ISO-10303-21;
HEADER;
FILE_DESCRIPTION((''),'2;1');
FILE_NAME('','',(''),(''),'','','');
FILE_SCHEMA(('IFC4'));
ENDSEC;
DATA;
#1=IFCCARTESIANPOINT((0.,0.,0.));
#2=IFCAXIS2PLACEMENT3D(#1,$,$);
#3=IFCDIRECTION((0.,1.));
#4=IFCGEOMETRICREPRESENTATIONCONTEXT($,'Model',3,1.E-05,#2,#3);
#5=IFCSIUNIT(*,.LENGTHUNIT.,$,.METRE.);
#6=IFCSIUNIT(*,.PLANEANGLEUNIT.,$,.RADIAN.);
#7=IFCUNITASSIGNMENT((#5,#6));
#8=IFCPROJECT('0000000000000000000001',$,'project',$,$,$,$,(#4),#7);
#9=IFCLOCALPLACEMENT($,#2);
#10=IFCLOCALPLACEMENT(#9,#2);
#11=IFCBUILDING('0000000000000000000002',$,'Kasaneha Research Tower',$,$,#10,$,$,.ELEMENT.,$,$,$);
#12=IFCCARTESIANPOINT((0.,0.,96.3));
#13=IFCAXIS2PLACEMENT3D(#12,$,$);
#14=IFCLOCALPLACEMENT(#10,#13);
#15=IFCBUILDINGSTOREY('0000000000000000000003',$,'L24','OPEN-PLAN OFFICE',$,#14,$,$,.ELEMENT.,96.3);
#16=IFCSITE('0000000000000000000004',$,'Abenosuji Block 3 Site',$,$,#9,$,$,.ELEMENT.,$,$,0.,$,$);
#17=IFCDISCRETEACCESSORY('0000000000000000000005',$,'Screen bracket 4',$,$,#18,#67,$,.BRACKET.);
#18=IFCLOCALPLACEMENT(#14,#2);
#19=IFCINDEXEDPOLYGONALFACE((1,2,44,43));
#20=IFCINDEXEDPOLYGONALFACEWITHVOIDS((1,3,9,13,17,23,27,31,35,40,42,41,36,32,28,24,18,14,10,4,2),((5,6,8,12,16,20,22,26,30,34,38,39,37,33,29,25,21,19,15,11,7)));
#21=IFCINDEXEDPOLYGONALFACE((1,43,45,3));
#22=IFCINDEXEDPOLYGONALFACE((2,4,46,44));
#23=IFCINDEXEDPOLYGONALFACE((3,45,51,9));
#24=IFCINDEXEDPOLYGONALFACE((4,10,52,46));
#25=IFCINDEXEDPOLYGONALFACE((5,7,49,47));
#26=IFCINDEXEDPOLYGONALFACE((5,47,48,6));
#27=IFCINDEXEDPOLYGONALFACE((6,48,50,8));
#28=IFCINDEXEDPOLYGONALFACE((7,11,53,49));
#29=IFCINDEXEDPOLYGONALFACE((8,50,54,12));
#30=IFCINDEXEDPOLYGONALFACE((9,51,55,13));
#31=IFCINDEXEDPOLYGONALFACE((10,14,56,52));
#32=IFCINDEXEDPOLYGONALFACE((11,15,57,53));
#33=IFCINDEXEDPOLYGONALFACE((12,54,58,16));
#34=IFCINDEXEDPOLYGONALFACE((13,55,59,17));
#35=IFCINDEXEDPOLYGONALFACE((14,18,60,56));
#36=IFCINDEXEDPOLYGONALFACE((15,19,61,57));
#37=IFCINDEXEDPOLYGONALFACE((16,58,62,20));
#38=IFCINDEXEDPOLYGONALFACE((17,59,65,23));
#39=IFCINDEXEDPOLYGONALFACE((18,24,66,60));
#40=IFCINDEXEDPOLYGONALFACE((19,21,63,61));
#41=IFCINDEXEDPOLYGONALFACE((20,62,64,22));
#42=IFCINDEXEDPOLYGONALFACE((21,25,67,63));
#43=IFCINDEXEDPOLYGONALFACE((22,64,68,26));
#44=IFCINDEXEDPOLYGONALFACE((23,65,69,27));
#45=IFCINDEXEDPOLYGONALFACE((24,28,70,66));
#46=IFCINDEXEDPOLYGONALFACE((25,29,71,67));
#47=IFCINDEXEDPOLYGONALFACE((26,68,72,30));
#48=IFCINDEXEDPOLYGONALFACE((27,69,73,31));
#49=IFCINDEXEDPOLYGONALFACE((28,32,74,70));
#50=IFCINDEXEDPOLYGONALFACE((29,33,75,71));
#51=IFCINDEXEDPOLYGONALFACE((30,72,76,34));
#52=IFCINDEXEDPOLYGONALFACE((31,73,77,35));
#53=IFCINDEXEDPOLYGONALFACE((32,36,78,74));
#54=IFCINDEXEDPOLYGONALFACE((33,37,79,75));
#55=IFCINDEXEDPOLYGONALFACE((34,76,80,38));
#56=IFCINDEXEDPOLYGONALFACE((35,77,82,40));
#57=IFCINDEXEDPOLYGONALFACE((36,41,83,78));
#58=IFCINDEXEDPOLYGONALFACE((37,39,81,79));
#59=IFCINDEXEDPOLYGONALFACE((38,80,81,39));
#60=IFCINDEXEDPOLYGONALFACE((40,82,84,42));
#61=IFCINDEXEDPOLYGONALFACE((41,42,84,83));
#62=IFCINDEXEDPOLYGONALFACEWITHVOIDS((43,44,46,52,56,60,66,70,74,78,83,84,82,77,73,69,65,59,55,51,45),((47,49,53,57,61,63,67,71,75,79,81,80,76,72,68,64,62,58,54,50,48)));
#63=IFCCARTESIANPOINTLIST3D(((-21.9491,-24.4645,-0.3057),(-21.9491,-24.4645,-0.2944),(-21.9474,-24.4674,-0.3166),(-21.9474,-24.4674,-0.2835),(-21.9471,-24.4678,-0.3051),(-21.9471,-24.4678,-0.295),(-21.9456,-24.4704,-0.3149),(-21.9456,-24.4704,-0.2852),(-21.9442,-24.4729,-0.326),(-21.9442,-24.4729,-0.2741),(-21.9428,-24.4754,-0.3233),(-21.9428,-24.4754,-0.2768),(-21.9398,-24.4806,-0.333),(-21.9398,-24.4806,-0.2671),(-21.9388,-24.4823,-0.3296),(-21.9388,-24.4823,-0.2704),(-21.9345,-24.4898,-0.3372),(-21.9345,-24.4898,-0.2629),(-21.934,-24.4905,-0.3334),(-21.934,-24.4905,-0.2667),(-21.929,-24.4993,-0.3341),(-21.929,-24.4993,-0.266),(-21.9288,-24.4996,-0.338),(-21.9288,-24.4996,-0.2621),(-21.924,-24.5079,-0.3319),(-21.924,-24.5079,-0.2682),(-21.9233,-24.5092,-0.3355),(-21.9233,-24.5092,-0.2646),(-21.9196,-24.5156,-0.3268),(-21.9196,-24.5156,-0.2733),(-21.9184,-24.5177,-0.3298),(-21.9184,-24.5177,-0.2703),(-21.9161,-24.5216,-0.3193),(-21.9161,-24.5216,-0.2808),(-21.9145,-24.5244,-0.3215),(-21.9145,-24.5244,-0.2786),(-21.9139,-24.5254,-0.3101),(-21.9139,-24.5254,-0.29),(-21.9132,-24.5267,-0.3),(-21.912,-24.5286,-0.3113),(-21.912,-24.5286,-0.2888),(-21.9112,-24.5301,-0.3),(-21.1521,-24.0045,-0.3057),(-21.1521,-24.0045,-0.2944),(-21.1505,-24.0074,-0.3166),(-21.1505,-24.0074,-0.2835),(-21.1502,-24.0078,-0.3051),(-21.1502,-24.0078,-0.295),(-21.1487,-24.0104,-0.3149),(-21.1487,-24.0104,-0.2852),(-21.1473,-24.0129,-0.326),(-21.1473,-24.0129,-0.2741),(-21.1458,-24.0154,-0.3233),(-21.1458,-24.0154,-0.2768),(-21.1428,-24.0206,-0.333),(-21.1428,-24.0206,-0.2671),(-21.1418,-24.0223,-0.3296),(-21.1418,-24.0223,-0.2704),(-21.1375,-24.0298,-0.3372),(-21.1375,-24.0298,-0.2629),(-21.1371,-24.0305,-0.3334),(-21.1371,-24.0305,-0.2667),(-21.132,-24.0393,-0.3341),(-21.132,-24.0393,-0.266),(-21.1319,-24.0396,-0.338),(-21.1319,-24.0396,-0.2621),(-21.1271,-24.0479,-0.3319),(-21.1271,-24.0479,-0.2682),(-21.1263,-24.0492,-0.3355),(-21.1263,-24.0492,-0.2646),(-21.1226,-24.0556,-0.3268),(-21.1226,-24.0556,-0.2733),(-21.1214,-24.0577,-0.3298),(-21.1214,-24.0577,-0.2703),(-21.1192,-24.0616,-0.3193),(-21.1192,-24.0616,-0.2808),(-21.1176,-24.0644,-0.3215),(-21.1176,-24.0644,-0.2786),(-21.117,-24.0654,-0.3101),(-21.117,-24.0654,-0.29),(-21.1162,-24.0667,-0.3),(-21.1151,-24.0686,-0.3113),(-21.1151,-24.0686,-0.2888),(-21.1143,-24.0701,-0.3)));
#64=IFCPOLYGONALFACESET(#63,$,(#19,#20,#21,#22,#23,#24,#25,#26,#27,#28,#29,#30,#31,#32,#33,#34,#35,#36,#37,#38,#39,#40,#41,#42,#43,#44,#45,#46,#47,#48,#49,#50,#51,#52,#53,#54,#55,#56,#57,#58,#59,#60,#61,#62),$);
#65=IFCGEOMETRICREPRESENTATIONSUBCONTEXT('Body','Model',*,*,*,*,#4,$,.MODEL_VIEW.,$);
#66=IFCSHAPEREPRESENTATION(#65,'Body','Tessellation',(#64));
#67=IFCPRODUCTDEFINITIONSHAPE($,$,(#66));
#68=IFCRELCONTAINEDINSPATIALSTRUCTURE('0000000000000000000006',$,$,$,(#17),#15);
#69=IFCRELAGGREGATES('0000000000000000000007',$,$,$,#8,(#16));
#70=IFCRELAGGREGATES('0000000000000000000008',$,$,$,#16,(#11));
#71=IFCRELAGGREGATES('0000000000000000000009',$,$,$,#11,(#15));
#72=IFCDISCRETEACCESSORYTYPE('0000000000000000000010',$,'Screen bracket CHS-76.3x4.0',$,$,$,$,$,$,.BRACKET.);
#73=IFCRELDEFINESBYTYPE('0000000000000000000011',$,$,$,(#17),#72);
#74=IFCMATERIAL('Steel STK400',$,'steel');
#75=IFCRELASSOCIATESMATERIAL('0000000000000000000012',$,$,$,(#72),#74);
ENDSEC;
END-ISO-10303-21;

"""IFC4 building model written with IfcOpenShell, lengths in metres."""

from ifc_helpers import new_model, si_unit, direction, frame, origin, origin_2d, place, context, subcontext, project, spatial, hollow_circle, extrude, material, material_profile, profile_set, type_object, element, save


model = new_model("IFC4")

# Units and contexts
model_context = context("Model", 3, precision=1e-05, world=origin(), true_north=direction((0.0, 1.0)))
body_context = subcontext(model_context, "Body", "Model", "MODEL_VIEW")
ifc_project = project(units=[si_unit("LENGTHUNIT", "METRE"), si_unit("PLANEANGLEUNIT", "RADIAN")], contexts=[model_context])

# Site, building, storey
site_placement = place(None, origin())
site = spatial("IfcSite", under=ifc_project, at=site_placement, Name="Abenosuji Block 3 Site", CompositionType="ELEMENT", RefElevation=0.0)
building_placement = place(site_placement, origin())
building = spatial("IfcBuilding", under=site, at=building_placement, Name="Kasaneha Research Tower", CompositionType="ELEMENT")
storey_placement = place(building_placement, frame((0.0, 0.0, 96.3)))
storey = spatial("IfcBuildingStorey", under=building, at=storey_placement, Name="L24", Description="OPEN-PLAN OFFICE", CompositionType="ELEMENT", Elevation=96.3)

# Discrete accessory
ifc_material_1 = material(Name="Steel STK400", Category="steel")
ifc_material_profile_1 = material_profile(ifc_material_1, hollow_circle(Radius=0.0381, WallThickness=0.0039, at=origin_2d()), Name="CHS-76.3x4.0")
ifc_profile_set_1 = profile_set([ifc_material_profile_1], Name="Steel STK400")
discrete_accessory_type = type_object("IfcDiscreteAccessoryType", Name="Screen bracket CHS-76.3x4.0", PredefinedType="BRACKET", material=ifc_profile_set_1)
for number, where, z_axis, x_axis, name in (
    (1, (-21.1333, -24.0371, -0.3), (-0.86608, -0.499906, 0.0), (0.499906, -0.86608, 0.0), "Screen bracket 4"),
):
    element("IfcDiscreteAccessory", number, at=place(storey_placement, frame(where, z_axis=z_axis, x_axis=x_axis)), inside=storey, type_object=discrete_accessory_type, Name=name, PredefinedType="BRACKET", context=body_context, shape_type="SweptSolid", body=[
        extrude(hollow_circle(Radius=0.0381, WallThickness=0.0039, at=origin_2d()), origin(), (0.0, 0.0, 1.0), 0.9202),
    ])

save(model, "model.ifc")
